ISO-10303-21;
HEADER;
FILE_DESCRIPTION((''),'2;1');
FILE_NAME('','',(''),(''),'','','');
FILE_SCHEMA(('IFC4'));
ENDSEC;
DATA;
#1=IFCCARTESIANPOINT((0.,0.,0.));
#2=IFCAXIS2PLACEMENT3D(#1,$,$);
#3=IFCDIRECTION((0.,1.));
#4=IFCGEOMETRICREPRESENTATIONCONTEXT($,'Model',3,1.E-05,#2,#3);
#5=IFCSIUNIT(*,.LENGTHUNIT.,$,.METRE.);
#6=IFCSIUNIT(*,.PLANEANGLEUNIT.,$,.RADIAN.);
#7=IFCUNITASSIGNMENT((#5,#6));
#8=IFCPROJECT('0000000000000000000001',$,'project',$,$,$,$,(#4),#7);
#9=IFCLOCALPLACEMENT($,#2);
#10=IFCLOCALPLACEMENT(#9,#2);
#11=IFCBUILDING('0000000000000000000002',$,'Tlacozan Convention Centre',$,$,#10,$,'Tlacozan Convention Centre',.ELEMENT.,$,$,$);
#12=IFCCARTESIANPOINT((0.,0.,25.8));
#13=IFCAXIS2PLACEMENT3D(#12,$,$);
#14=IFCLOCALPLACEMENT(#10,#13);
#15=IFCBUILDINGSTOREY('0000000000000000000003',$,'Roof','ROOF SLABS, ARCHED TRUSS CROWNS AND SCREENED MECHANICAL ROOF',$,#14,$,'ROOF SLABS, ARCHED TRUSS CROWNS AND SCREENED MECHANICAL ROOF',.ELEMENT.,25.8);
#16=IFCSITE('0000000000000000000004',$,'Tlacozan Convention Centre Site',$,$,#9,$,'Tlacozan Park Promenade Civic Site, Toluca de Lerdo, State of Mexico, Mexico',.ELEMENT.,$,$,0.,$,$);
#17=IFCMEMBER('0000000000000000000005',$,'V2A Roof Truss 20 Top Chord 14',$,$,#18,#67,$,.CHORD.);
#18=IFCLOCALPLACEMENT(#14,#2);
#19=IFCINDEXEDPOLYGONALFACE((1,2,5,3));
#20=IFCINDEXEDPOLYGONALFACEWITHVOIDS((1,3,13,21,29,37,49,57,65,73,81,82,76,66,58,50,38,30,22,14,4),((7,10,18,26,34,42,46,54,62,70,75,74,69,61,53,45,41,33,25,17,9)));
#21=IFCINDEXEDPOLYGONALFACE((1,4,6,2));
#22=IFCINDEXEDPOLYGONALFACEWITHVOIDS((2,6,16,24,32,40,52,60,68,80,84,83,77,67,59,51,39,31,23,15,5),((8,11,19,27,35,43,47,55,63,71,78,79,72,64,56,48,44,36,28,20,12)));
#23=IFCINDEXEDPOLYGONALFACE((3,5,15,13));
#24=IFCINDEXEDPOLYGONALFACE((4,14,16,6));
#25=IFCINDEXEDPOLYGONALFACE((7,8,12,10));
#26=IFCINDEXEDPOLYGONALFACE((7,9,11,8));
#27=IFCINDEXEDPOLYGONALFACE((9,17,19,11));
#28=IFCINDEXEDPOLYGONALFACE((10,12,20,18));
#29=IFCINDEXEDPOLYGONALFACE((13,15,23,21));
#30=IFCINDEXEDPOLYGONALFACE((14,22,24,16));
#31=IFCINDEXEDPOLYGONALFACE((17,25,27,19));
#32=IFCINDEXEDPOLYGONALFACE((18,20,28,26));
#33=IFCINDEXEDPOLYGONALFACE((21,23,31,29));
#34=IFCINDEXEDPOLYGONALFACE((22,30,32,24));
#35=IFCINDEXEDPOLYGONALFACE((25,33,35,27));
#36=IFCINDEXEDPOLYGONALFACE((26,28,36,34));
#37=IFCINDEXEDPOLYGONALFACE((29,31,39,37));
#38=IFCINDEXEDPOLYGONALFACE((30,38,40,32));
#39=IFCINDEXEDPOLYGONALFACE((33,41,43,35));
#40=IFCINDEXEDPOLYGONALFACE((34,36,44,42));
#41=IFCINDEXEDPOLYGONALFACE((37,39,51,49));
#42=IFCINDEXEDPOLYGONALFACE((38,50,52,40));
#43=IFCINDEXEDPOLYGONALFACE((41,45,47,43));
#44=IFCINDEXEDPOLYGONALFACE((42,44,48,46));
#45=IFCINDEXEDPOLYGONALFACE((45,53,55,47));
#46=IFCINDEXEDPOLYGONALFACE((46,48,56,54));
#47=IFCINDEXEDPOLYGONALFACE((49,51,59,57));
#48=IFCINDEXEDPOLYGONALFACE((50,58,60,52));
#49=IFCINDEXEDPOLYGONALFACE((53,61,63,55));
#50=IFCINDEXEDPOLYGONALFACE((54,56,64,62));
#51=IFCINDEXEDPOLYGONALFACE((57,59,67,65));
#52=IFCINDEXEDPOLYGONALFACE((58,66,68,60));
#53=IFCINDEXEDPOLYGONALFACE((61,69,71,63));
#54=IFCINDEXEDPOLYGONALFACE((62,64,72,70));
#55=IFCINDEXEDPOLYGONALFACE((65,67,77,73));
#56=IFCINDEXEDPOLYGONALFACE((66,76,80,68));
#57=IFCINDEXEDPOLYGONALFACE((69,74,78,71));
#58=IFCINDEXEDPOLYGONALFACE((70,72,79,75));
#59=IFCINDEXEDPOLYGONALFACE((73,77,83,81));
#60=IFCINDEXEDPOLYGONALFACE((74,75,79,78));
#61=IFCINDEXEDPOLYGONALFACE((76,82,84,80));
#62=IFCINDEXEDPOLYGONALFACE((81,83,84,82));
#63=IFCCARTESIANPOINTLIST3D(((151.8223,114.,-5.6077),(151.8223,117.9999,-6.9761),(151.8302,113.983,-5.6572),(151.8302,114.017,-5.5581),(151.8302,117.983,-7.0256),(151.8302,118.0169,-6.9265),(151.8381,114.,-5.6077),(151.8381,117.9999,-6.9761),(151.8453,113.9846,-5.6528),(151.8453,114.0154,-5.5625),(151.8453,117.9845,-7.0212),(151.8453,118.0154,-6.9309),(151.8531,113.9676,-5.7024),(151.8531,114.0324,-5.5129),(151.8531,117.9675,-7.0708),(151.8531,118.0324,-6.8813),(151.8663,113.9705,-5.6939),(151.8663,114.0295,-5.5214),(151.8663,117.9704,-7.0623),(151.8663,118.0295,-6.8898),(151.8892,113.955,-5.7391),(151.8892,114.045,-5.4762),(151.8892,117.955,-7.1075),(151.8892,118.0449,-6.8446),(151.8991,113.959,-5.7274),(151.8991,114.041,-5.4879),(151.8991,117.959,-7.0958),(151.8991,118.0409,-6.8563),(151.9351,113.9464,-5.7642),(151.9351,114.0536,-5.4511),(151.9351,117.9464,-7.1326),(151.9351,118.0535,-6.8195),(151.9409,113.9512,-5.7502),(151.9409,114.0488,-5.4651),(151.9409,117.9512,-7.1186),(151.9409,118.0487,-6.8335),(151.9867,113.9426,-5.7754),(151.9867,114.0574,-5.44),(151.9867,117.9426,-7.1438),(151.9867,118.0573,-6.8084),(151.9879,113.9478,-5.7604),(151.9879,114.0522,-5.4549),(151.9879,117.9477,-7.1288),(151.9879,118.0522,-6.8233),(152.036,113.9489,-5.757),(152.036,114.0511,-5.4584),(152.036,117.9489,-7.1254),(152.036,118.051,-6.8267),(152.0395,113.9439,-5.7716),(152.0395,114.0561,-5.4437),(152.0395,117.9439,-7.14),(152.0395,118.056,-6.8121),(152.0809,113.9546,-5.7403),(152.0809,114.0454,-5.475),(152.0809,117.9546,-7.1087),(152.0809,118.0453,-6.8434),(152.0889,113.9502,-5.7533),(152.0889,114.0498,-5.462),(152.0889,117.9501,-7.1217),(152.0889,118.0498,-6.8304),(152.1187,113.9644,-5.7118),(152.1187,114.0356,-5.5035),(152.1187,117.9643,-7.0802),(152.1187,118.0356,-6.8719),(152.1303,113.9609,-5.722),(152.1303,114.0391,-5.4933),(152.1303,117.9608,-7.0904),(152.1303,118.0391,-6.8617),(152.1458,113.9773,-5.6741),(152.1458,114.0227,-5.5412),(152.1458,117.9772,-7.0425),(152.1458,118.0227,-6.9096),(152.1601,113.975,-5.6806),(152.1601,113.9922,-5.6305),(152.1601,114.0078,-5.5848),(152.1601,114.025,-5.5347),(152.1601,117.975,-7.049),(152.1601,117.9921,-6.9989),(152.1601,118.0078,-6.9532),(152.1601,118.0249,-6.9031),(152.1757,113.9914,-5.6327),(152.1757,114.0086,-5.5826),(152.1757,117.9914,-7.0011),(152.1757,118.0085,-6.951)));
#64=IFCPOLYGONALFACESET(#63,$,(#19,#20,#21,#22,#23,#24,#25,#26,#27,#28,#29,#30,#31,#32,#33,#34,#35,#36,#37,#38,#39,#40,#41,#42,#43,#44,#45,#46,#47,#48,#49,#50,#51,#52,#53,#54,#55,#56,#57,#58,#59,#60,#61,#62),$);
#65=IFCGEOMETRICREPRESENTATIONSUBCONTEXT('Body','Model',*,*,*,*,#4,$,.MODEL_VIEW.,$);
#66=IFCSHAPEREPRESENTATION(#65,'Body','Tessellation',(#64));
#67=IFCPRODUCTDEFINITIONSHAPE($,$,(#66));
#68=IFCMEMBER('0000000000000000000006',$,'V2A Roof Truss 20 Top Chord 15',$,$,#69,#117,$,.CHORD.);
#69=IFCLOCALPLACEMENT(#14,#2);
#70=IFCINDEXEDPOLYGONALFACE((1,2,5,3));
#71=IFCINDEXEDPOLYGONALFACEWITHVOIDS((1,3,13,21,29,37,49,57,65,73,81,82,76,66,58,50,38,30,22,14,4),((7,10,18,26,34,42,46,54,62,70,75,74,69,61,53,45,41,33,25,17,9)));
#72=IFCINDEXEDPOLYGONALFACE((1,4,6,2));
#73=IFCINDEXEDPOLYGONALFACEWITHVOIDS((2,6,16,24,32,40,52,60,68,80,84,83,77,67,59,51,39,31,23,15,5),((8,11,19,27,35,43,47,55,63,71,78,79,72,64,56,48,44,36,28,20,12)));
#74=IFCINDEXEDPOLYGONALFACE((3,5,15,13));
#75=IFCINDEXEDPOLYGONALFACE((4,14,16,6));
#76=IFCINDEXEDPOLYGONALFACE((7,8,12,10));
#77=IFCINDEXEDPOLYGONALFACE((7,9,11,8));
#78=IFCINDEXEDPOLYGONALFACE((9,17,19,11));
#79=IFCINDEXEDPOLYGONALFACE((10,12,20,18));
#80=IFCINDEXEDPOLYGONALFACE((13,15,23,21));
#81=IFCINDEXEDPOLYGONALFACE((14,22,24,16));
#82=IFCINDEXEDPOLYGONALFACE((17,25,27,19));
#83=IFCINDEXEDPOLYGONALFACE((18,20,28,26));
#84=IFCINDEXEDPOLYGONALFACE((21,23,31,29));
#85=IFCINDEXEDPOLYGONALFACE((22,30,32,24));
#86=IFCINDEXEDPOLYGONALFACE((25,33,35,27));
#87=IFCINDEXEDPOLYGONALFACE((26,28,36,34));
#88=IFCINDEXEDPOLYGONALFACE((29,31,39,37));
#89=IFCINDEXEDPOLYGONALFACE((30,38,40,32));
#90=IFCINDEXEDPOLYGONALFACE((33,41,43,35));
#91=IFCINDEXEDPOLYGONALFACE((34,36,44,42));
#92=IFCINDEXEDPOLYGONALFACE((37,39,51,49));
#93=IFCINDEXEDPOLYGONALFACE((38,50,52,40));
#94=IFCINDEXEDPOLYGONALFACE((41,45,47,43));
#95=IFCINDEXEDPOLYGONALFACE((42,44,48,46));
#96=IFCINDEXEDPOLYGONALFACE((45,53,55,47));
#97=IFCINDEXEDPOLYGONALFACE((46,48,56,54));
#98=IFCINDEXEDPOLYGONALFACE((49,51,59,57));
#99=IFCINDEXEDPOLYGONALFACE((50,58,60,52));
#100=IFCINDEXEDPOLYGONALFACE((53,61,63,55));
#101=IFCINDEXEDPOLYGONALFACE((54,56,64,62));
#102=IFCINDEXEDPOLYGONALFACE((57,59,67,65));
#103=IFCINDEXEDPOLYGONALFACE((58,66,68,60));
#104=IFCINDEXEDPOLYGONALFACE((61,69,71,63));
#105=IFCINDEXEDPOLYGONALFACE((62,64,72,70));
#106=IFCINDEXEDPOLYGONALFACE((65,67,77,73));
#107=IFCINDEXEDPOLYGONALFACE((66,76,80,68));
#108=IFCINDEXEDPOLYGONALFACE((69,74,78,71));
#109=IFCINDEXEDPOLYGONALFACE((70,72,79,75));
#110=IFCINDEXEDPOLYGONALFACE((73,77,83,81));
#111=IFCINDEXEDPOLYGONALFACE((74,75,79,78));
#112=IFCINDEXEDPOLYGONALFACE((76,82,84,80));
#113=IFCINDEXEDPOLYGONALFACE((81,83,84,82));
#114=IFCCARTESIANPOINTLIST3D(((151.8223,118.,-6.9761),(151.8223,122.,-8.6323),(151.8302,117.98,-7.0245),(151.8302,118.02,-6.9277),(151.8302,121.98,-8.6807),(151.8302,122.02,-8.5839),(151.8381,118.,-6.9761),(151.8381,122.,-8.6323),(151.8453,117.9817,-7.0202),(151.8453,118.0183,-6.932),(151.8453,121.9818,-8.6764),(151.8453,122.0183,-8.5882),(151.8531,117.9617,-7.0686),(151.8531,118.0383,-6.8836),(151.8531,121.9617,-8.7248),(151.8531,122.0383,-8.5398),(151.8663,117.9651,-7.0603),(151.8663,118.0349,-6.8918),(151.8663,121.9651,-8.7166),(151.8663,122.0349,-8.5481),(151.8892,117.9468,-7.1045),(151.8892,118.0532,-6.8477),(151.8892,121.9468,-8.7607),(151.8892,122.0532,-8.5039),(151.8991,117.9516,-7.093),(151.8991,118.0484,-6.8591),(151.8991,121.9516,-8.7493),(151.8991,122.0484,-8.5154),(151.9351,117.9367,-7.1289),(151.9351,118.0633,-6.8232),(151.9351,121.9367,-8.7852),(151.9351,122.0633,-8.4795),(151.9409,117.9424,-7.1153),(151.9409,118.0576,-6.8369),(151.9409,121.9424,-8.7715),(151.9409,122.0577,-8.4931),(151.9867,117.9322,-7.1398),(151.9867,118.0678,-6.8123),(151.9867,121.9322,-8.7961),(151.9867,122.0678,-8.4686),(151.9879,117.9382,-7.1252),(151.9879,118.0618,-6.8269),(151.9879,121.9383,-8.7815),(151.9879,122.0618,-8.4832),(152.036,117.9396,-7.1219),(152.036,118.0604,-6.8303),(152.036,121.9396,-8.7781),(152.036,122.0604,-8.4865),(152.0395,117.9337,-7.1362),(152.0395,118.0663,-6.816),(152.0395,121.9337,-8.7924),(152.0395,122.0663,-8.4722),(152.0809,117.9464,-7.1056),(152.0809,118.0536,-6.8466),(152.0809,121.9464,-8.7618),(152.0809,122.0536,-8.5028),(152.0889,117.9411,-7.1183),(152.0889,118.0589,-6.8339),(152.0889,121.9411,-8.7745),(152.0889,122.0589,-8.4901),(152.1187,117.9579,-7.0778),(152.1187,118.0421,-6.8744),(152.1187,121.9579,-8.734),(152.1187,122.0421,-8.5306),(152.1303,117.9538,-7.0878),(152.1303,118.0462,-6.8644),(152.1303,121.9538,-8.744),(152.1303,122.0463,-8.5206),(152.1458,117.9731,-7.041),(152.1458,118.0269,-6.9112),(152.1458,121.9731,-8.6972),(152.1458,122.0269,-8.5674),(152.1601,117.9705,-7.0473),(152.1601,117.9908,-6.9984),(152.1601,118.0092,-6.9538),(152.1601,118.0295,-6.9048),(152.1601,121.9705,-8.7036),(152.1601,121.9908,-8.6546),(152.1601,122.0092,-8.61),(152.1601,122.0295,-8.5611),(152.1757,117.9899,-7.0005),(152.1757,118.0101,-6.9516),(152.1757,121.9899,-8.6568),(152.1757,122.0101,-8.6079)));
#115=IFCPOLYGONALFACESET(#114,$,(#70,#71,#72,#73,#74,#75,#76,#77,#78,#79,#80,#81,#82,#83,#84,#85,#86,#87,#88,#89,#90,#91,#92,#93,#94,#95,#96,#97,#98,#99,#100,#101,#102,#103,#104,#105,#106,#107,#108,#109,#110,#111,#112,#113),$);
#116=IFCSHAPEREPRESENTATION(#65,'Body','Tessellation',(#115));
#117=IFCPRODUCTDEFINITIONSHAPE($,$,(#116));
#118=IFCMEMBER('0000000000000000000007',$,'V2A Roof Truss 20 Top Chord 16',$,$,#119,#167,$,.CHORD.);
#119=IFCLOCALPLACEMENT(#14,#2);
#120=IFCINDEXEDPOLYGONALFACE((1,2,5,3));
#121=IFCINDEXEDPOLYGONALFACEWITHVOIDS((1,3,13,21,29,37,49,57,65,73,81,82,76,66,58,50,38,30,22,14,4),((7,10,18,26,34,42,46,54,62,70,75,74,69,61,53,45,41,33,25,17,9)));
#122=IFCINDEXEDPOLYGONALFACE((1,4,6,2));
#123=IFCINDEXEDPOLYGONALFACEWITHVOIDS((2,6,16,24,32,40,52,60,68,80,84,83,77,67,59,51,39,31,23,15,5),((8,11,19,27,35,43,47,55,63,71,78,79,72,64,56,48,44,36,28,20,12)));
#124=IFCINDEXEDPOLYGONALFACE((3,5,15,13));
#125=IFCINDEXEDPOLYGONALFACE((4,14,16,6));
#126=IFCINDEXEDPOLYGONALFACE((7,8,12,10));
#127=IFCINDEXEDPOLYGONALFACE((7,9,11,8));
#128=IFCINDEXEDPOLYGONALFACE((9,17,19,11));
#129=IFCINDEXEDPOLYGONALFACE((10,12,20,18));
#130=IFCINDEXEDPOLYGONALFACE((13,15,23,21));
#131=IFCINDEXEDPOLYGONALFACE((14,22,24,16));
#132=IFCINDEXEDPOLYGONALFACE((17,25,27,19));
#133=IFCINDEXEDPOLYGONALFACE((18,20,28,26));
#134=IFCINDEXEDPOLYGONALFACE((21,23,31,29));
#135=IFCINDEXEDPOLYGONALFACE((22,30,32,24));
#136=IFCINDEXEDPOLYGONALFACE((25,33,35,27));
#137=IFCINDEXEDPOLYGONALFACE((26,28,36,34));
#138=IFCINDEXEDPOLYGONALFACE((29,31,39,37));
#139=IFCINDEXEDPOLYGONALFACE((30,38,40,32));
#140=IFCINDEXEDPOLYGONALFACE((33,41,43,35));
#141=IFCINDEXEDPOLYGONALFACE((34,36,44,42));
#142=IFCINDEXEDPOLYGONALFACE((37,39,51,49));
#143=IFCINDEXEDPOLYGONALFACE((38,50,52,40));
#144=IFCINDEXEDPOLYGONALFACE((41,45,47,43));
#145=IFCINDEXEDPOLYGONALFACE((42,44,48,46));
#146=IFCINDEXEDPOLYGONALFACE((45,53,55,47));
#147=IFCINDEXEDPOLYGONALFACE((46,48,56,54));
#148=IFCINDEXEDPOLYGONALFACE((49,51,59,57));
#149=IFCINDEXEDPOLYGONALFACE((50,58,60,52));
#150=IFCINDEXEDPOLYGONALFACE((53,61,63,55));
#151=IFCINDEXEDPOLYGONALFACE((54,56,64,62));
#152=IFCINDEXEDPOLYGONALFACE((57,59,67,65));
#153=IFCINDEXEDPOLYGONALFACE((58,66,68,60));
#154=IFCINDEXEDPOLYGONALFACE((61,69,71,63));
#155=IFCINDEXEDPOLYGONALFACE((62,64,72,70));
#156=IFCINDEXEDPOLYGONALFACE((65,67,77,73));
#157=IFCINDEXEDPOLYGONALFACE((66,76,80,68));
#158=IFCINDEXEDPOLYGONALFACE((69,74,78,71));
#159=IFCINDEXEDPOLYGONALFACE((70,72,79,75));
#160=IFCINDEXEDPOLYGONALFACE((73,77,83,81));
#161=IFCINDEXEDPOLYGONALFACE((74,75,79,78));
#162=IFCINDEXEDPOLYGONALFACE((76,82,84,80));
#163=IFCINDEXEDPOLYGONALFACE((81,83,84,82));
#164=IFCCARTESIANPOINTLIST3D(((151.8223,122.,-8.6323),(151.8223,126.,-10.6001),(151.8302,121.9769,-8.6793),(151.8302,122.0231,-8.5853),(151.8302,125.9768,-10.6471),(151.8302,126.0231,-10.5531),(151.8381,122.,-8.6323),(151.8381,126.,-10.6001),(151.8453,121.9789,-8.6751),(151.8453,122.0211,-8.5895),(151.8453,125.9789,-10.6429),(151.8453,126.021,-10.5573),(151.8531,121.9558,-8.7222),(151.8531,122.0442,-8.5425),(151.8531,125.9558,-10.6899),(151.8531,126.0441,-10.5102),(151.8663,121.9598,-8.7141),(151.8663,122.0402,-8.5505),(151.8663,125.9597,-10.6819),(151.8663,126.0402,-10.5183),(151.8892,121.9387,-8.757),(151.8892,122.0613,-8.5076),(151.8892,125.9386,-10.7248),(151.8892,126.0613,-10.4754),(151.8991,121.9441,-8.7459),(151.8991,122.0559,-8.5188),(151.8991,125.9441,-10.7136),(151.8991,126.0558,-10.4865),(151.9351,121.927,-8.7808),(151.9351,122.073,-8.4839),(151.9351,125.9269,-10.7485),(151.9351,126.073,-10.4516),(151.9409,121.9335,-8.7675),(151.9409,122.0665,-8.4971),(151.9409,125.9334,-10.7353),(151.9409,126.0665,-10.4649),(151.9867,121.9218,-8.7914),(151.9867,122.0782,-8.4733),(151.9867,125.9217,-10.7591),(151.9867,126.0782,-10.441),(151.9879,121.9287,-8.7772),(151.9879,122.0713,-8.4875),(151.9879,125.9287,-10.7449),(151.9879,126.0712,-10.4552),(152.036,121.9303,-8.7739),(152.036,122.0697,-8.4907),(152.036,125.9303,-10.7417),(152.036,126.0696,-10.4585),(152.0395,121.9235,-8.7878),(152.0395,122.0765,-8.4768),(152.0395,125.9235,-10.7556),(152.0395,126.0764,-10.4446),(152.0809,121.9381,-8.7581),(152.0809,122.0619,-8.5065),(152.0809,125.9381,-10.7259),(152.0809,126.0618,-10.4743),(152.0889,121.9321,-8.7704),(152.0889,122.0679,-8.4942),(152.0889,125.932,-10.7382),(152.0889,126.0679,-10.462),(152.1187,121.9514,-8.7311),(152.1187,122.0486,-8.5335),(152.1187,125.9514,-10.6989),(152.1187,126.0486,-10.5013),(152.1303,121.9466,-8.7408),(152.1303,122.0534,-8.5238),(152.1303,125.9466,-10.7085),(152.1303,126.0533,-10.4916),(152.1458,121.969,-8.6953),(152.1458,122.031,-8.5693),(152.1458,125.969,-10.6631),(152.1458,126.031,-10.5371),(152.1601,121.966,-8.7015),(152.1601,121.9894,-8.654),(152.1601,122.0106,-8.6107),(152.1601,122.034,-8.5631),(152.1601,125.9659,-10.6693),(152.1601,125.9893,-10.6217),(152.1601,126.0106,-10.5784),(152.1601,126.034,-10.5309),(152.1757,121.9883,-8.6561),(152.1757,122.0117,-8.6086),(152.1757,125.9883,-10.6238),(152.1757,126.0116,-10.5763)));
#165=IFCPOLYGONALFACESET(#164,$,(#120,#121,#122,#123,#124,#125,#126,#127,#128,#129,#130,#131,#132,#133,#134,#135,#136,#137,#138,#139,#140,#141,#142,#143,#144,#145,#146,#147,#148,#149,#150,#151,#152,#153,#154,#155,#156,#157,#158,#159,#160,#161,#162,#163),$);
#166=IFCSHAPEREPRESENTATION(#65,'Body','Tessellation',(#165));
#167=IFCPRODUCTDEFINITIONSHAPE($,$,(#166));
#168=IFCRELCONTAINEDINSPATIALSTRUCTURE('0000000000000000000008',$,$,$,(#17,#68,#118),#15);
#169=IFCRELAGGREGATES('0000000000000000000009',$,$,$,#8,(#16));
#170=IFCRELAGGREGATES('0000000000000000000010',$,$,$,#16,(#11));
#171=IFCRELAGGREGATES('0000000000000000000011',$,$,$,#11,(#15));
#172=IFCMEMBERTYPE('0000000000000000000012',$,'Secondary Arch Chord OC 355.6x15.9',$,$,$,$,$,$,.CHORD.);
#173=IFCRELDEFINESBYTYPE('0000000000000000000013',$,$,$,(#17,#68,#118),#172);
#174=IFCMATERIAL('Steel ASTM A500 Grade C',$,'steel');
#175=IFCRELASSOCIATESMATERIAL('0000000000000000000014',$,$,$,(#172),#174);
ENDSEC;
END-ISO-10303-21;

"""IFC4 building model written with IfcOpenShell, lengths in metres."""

from ifc_helpers import new_model, si_unit, direction, frame, origin, origin_2d, place, context, subcontext, project, spatial, hollow_circle, extrude, material, material_profile, profile_set, type_object, element, save


model = new_model("IFC4")

# Units and contexts
model_context = context("Model", 3, precision=1e-05, world=origin(), true_north=direction((0.0, 1.0)))
body_context = subcontext(model_context, "Body", "Model", "MODEL_VIEW")
ifc_project = project(units=[si_unit("LENGTHUNIT", "METRE"), si_unit("PLANEANGLEUNIT", "RADIAN")], contexts=[model_context])

# Site, building, storey
site_placement = place(None, origin())
site = spatial("IfcSite", under=ifc_project, at=site_placement, Name="Tlacozan Convention Centre Site", LongName="Tlacozan Park Promenade Civic Site, Toluca de Lerdo, State of Mexico, Mexico", CompositionType="ELEMENT", RefElevation=0.0)
building_placement = place(site_placement, origin())
building = spatial("IfcBuilding", under=site, at=building_placement, Name="Tlacozan Convention Centre", LongName="Tlacozan Convention Centre", CompositionType="ELEMENT")
storey_placement = place(building_placement, frame((0.0, 0.0, 25.8)))
storey = spatial("IfcBuildingStorey", under=building, at=storey_placement, Name="Roof", Description="ROOF SLABS, ARCHED TRUSS CROWNS AND SCREENED MECHANICAL ROOF", LongName="ROOF SLABS, ARCHED TRUSS CROWNS AND SCREENED MECHANICAL ROOF", CompositionType="ELEMENT", Elevation=25.8)

# Members
ifc_material_1 = material(Name="Steel ASTM A500 Grade C", Category="steel")
ifc_material_profile_1 = material_profile(ifc_material_1, hollow_circle(Radius=0.1777, WallThickness=0.0159, at=origin_2d()), Name="OC 355.6x15.9")
ifc_profile_set_1 = profile_set([ifc_material_profile_1], Name="Steel ASTM A500 Grade C")
member_type_1 = type_object("IfcMemberType", Name="Secondary Arch Chord OC 355.6x15.9", PredefinedType="CHORD", material=ifc_profile_set_1)
member_1_placement = place(storey_placement, frame((152.0, 114.0, -5.6077), z_axis=(0.0, 0.946165, -0.323685), x_axis=(-1.0, 0.0, 0.0)))
element("IfcMember", 1, at=member_1_placement, inside=storey, type_object=member_type_1, Name="V2A Roof Truss 20 Top Chord 14", PredefinedType="CHORD", context=body_context, shape_type="SweptSolid", body=[
    extrude(hollow_circle(Radius=0.1777, WallThickness=0.0159, at=origin_2d()), origin(), (0.0, 0.0, 1.0), 4.2275),
])
member_2_placement = place(storey_placement, frame((152.0, 118.0, -6.9761), z_axis=(0.0, 0.923929, -0.382564), x_axis=(-1.0, 0.0, 0.0)))
element("IfcMember", 2, at=member_2_placement, inside=storey, type_object=member_type_1, Name="V2A Roof Truss 20 Top Chord 15", PredefinedType="CHORD", context=body_context, shape_type="SweptSolid", body=[
    extrude(hollow_circle(Radius=0.1777, WallThickness=0.0159, at=origin_2d()), origin(), (0.0, 0.0, 1.0), 4.3293),
])
member_3_placement = place(storey_placement, frame((152.0, 122.0, -8.6323), z_axis=(0.0, 0.8973, -0.441421), x_axis=(-1.0, 0.0, 0.0)))
element("IfcMember", 3, at=member_3_placement, inside=storey, type_object=member_type_1, Name="V2A Roof Truss 20 Top Chord 16", PredefinedType="CHORD", context=body_context, shape_type="SweptSolid", body=[
    extrude(hollow_circle(Radius=0.1777, WallThickness=0.0159, at=origin_2d()), origin(), (0.0, 0.0, 1.0), 4.4578),
])

save(model, "model.ifc")
